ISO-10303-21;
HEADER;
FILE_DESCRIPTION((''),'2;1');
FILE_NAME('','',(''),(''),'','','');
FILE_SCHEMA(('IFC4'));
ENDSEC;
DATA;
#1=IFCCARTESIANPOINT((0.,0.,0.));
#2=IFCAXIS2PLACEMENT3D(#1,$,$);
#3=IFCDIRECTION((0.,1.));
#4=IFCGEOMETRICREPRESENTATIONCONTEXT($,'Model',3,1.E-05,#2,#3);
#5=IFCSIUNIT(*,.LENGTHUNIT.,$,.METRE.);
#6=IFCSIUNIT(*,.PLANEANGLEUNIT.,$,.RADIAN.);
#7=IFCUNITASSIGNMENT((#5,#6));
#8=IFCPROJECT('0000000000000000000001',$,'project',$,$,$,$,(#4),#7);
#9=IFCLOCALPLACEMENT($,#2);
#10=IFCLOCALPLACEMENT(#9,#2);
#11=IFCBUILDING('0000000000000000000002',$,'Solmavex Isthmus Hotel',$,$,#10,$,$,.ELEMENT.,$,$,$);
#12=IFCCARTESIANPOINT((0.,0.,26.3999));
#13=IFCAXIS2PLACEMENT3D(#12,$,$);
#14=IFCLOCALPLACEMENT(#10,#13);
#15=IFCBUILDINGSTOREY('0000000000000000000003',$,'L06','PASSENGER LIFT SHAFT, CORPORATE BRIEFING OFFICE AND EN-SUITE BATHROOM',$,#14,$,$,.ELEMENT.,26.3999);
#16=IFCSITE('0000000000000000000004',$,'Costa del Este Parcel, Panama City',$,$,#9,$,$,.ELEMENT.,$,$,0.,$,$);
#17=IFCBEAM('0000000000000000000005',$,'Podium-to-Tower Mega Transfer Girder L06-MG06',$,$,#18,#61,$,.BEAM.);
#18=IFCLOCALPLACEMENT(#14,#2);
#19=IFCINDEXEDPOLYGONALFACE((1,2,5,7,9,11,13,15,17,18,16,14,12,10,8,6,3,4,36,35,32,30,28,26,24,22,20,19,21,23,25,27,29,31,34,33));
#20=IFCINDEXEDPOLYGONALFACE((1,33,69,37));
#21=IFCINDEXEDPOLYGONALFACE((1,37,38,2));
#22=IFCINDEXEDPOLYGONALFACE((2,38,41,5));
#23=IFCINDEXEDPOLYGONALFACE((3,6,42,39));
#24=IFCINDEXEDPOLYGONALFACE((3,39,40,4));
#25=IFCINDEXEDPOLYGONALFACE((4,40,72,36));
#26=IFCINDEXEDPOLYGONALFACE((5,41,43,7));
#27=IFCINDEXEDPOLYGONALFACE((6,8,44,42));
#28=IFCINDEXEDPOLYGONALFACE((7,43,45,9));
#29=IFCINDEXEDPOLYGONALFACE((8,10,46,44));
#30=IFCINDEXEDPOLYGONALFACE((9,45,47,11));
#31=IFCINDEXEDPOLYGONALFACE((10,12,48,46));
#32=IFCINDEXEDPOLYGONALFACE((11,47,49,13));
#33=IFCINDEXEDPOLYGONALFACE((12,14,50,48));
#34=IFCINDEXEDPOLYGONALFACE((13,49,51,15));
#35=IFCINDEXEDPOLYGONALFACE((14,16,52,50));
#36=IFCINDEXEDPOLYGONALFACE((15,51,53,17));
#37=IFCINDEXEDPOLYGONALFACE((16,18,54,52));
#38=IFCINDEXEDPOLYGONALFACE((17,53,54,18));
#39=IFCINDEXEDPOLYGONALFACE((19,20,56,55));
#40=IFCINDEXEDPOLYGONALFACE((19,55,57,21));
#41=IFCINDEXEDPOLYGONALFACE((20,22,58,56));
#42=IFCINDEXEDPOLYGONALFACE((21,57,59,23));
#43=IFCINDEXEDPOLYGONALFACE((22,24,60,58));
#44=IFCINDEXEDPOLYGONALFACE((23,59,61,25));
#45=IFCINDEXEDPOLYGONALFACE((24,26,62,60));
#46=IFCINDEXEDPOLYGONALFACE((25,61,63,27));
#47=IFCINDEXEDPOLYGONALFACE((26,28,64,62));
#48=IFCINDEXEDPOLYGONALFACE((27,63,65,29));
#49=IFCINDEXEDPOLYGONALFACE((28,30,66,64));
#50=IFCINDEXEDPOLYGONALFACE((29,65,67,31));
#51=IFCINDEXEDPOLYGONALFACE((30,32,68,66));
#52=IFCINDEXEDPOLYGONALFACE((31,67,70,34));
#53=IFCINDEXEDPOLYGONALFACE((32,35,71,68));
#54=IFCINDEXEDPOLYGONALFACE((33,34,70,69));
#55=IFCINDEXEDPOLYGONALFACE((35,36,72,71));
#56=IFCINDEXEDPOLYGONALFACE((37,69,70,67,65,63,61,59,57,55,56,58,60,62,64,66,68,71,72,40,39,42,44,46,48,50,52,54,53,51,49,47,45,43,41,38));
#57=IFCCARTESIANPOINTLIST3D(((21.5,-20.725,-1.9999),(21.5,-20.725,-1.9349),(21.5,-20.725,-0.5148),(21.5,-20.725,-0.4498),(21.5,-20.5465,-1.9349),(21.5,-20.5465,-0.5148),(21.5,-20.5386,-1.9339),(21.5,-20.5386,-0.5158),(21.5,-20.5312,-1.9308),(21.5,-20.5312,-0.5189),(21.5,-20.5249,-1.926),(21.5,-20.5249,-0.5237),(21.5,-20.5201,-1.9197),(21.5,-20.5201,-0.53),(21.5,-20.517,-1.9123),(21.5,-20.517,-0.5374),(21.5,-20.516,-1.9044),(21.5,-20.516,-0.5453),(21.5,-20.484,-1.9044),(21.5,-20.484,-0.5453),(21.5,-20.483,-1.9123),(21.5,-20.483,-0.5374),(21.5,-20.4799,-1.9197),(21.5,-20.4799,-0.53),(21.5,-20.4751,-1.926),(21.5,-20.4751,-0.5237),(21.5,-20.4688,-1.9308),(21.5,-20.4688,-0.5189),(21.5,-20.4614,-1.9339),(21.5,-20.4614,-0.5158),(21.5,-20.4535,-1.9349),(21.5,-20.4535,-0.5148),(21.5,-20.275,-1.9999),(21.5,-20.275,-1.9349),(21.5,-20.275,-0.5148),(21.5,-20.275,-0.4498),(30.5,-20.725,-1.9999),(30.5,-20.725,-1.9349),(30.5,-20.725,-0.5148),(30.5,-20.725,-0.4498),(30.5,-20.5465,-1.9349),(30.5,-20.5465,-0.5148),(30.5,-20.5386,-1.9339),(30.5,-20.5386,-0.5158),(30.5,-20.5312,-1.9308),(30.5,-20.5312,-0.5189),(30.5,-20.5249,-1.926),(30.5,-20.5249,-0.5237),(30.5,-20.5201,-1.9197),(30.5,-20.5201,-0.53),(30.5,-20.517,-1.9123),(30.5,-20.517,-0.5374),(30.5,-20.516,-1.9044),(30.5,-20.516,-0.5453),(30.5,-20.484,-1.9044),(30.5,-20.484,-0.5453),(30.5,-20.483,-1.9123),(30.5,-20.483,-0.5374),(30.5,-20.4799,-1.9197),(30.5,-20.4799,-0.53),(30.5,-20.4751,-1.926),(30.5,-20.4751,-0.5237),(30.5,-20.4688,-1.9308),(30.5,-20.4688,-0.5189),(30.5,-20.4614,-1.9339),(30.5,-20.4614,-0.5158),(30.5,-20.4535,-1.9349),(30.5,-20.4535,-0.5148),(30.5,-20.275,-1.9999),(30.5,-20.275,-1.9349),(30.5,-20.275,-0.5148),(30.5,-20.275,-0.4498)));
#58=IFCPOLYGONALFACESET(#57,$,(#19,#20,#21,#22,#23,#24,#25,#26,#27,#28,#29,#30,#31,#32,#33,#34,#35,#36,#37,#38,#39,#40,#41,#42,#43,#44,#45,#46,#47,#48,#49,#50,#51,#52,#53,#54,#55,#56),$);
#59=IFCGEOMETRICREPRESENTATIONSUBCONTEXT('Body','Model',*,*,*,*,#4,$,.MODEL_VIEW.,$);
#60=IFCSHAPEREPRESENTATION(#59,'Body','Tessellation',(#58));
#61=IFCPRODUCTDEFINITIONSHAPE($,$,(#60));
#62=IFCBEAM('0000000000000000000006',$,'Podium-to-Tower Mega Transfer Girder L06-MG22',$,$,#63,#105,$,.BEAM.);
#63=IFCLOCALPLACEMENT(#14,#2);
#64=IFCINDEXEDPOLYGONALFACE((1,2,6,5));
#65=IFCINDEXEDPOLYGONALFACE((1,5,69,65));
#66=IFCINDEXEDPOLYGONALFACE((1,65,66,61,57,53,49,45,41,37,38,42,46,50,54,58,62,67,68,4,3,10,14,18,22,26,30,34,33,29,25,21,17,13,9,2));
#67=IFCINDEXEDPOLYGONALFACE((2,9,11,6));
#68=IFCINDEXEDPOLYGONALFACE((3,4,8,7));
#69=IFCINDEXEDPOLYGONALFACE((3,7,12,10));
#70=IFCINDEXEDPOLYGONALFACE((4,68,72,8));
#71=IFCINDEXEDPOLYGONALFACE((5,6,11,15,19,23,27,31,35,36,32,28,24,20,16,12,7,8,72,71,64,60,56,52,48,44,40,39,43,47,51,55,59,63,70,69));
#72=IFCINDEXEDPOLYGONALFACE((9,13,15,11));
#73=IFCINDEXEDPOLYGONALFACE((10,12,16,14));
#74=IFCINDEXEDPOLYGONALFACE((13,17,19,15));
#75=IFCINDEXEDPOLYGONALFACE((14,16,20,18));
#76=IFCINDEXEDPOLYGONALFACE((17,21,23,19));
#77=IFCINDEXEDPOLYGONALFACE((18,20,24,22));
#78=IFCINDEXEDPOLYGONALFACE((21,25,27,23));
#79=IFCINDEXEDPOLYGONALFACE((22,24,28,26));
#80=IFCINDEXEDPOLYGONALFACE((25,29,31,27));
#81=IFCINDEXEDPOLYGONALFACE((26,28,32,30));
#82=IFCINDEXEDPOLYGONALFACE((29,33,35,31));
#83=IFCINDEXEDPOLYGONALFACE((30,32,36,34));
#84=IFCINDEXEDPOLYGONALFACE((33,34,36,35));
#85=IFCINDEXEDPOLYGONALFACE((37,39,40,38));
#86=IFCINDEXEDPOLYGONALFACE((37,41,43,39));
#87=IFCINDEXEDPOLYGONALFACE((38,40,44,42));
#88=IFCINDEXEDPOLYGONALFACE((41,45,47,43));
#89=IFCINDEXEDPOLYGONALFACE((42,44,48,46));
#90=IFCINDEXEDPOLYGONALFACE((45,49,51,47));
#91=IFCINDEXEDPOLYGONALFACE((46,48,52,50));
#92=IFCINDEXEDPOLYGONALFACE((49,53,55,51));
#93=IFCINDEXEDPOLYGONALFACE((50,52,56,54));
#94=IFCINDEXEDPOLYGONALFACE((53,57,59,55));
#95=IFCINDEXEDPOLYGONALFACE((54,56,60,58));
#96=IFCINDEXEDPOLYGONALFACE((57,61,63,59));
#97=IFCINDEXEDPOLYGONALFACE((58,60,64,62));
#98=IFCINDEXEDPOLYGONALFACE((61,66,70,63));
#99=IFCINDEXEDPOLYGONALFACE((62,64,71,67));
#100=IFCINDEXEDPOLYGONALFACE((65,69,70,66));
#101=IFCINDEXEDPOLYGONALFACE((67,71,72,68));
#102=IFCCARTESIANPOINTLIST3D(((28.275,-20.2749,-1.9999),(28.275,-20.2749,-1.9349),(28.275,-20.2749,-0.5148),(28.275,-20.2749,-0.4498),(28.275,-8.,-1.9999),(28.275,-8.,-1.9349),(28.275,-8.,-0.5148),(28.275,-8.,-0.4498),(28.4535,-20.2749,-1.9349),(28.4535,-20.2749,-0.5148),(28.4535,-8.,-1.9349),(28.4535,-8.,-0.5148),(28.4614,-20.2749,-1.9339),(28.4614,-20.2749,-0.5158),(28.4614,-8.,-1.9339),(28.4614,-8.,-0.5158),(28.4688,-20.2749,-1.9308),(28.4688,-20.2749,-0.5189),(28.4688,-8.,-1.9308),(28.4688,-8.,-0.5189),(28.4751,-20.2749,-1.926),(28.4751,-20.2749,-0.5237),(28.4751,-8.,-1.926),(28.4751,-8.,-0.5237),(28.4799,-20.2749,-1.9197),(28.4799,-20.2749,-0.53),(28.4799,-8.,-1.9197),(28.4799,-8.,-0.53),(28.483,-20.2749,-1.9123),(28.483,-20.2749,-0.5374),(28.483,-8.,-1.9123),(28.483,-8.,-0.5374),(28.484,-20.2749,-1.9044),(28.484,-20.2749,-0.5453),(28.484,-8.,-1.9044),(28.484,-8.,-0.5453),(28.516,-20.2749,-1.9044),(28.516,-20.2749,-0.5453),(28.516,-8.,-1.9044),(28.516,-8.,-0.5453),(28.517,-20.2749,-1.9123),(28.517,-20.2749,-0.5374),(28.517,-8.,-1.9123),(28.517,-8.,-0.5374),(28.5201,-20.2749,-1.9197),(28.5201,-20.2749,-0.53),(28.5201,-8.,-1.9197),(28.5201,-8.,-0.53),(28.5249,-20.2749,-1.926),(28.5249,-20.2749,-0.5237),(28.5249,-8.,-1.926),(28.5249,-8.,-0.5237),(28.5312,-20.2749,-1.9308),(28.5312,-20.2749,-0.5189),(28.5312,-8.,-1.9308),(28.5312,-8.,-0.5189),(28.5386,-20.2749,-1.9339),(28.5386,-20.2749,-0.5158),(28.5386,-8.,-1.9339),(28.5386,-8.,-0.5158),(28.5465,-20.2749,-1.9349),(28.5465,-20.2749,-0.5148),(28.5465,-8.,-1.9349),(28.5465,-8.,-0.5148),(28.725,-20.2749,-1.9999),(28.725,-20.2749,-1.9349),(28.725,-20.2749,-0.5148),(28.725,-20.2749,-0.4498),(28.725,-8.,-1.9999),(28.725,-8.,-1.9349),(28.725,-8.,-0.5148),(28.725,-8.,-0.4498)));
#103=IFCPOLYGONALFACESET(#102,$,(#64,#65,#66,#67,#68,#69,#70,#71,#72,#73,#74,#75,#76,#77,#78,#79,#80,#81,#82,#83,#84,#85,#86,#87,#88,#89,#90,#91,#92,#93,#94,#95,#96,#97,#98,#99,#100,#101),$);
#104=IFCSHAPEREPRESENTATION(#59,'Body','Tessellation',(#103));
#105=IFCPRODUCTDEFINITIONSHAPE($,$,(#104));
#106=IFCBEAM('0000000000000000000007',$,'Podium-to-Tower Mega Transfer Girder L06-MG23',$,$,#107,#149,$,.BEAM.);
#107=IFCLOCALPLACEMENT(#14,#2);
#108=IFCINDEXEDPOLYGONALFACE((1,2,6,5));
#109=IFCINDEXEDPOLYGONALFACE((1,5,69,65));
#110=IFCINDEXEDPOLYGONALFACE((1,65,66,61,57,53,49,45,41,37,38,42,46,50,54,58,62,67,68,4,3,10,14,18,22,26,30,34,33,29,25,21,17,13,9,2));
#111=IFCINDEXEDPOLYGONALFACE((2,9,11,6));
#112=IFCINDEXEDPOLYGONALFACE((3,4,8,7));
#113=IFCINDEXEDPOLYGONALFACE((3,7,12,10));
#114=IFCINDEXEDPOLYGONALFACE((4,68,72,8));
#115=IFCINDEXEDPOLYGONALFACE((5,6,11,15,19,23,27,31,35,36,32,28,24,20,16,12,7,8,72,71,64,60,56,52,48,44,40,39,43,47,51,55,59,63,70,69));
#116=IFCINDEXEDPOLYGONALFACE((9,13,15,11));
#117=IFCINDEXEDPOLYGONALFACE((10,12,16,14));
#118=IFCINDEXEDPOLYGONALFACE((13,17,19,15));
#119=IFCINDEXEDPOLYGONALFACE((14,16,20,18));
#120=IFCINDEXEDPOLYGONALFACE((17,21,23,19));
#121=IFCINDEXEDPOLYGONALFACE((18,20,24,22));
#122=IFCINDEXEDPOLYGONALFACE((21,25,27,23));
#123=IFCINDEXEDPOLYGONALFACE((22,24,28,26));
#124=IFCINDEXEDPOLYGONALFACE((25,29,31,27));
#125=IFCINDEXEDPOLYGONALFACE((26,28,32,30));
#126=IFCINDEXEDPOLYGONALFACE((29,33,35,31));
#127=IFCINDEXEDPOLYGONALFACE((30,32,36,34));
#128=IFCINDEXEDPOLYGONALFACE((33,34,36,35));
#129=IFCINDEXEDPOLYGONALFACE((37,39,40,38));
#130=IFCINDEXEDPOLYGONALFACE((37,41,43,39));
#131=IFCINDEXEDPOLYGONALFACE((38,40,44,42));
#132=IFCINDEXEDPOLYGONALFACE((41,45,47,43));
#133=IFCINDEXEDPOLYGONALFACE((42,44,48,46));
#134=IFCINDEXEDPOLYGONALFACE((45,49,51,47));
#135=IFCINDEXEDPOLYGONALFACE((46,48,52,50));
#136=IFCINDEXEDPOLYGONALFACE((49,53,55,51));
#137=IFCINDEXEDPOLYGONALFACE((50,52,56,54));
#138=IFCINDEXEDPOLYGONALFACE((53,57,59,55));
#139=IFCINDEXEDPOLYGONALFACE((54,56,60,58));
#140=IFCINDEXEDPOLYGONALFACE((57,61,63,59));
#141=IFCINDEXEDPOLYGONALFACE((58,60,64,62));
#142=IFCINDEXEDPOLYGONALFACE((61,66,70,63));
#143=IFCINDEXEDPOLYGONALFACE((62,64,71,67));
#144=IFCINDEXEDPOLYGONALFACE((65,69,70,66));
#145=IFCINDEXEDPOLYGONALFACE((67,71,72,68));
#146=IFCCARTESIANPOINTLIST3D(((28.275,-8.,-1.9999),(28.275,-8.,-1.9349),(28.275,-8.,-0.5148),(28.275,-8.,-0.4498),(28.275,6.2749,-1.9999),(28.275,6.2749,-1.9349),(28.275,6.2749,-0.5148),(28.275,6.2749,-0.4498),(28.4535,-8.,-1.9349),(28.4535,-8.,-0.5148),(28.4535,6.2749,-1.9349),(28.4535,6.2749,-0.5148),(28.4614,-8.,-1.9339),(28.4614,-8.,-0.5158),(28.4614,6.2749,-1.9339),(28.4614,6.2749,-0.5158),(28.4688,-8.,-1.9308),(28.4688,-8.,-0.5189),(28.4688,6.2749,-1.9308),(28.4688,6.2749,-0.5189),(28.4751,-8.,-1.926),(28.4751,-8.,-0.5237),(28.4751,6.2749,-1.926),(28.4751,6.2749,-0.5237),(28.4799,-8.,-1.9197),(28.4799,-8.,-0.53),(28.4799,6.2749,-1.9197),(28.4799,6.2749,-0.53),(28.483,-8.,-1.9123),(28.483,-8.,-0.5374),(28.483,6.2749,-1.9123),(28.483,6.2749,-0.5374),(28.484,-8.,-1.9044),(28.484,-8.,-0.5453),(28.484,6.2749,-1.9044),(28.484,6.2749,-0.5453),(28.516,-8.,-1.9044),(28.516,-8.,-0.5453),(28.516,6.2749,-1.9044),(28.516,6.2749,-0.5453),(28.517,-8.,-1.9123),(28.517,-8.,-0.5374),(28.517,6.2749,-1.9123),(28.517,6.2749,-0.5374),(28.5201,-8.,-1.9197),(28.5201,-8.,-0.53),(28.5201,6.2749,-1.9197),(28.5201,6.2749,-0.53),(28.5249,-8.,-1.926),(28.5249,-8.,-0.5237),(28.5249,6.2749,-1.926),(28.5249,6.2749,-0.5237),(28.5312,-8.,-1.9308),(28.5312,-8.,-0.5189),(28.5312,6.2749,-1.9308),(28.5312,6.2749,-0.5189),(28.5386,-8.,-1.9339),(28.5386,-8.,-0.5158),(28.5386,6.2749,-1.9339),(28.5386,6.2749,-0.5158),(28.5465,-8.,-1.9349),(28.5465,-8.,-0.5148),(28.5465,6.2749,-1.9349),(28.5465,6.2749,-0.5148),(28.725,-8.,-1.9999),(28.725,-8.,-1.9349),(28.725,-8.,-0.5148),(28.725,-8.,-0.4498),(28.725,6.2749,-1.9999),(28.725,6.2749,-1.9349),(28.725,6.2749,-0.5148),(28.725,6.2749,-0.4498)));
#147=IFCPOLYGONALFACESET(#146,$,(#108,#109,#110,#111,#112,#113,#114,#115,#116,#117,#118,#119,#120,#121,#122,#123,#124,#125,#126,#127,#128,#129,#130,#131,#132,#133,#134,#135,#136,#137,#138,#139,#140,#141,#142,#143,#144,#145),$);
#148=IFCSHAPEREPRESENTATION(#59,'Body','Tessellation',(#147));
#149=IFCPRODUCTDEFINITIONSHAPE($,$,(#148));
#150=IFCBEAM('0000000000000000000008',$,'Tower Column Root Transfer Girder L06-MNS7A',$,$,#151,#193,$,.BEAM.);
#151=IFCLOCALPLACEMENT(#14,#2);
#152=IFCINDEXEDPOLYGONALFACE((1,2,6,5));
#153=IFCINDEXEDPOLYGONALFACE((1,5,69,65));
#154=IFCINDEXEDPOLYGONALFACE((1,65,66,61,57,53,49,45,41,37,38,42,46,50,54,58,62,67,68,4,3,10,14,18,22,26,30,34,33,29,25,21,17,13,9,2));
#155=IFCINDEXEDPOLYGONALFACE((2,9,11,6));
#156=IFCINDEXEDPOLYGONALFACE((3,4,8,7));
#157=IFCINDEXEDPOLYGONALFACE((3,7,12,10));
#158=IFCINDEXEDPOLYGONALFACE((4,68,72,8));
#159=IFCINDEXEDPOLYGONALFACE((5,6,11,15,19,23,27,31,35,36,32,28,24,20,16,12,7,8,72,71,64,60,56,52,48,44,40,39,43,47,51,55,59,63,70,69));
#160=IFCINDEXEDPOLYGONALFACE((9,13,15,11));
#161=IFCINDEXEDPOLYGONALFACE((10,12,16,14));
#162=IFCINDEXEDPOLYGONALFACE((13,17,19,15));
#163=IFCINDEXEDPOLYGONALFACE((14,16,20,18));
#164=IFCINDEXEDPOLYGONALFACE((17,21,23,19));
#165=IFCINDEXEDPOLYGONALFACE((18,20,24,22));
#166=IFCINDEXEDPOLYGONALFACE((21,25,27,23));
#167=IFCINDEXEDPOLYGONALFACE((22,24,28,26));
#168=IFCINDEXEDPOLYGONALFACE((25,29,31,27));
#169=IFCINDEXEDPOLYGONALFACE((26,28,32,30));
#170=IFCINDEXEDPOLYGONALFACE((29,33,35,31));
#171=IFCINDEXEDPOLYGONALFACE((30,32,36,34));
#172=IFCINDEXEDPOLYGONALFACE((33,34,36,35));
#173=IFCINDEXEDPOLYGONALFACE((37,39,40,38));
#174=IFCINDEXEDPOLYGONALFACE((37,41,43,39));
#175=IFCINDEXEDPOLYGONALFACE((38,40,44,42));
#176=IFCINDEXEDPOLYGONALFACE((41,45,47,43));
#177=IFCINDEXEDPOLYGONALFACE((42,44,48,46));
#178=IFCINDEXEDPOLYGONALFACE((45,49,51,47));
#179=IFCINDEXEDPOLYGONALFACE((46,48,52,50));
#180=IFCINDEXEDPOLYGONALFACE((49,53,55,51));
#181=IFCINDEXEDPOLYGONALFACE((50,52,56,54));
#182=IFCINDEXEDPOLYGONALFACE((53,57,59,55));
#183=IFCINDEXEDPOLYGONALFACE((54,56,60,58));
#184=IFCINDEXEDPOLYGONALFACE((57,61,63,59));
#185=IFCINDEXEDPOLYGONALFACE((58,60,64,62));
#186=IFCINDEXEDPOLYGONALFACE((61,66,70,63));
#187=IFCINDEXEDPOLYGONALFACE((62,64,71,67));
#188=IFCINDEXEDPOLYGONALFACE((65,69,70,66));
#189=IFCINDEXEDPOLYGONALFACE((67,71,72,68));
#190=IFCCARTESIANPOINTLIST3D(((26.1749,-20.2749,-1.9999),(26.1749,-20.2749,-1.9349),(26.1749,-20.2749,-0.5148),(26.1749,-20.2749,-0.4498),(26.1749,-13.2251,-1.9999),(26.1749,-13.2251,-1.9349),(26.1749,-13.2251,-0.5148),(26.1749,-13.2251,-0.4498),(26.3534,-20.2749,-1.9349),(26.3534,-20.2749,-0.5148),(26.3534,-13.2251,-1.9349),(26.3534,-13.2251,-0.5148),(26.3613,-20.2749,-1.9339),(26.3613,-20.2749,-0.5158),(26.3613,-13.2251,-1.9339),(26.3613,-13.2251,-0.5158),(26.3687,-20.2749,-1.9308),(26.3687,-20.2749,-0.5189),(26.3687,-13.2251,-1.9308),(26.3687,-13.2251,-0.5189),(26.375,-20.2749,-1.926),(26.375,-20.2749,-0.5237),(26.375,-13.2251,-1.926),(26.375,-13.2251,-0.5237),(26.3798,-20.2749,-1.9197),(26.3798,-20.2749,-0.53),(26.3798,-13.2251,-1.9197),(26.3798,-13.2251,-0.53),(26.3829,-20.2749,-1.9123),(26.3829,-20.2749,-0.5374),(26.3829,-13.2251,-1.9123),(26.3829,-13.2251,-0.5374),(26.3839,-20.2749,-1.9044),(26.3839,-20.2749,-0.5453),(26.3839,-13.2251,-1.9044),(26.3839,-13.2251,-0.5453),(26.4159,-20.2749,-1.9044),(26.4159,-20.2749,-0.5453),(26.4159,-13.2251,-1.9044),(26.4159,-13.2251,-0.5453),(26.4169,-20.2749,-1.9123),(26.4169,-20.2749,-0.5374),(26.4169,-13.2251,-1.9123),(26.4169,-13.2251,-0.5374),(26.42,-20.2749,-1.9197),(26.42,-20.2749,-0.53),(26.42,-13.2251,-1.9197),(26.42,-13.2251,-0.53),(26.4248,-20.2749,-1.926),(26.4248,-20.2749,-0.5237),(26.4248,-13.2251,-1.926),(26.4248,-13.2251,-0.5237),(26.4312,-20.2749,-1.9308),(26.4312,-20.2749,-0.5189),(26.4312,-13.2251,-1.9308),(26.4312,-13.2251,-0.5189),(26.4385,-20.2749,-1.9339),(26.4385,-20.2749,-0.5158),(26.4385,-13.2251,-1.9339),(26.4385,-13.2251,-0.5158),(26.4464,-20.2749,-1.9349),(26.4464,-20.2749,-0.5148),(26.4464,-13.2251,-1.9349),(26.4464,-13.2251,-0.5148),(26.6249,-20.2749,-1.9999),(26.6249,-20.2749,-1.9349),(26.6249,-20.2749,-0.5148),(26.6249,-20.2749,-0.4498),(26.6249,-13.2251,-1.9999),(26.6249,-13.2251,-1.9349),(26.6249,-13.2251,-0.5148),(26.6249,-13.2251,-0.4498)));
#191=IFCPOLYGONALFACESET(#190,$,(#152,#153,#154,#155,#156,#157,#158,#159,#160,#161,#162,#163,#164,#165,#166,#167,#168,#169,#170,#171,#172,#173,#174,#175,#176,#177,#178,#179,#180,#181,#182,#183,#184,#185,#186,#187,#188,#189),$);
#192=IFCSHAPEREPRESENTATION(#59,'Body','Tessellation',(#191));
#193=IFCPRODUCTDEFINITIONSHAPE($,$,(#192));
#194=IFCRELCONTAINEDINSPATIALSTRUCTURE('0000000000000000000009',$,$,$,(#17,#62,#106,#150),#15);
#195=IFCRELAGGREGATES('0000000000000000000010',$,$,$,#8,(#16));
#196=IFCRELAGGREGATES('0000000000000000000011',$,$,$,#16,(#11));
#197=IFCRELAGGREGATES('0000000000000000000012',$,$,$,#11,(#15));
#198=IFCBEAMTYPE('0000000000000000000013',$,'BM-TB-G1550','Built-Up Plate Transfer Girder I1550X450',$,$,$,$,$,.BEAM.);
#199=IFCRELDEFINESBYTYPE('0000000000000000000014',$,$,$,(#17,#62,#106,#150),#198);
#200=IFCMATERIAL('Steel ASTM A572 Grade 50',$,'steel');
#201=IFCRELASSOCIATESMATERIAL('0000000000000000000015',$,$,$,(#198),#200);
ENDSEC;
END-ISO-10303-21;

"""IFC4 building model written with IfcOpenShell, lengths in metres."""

from ifc_helpers import new_model, si_unit, direction, frame, origin, origin_2d, place, context, subcontext, project, spatial, i_section, extrude, material, material_profile, profile_set, type_object, element, save


model = new_model("IFC4")

# Units and contexts
model_context = context("Model", 3, precision=1e-05, world=origin(), true_north=direction((0.0, 1.0)))
body_context = subcontext(model_context, "Body", "Model", "MODEL_VIEW")
ifc_project = project(units=[si_unit("LENGTHUNIT", "METRE"), si_unit("PLANEANGLEUNIT", "RADIAN")], contexts=[model_context])

# Site, building, storey
site_placement = place(None, origin())
site = spatial("IfcSite", under=ifc_project, at=site_placement, Name="Costa del Este Parcel, Panama City", CompositionType="ELEMENT", RefElevation=0.0)
building_placement = place(site_placement, origin())
building = spatial("IfcBuilding", under=site, at=building_placement, Name="Solmavex Isthmus Hotel", CompositionType="ELEMENT")
storey_placement = place(building_placement, frame((0.0, 0.0, 26.3999)))
storey = spatial("IfcBuildingStorey", under=building, at=storey_placement, Name="L06", Description="PASSENGER LIFT SHAFT, CORPORATE BRIEFING OFFICE AND EN-SUITE BATHROOM", CompositionType="ELEMENT", Elevation=26.3999)

# Beams
ifc_material_1 = material(Name="Steel ASTM A572 Grade 50", Category="steel")
ifc_material_profile_1 = material_profile(ifc_material_1, i_section(OverallWidth=0.45, OverallDepth=1.55, WebThickness=0.032, FlangeThickness=0.0649, FilletRadius=0.0305, at=origin_2d()), Name="I1550X450")
ifc_profile_set_1 = profile_set([ifc_material_profile_1], Name="Steel ASTM A572 Grade 50")
beam_type_1 = type_object("IfcBeamType", Name="BM-TB-G1550", Description="Built-Up Plate Transfer Girder I1550X450", PredefinedType="BEAM", material=ifc_profile_set_1)
beam_1_placement = place(storey_placement, frame((21.5, -20.5, -1.2249), z_axis=(1.0, 0.0, 0.0), x_axis=(0.0, 1.0, 0.0)))
element("IfcBeam", 1, at=beam_1_placement, inside=storey, type_object=beam_type_1, Name="Podium-to-Tower Mega Transfer Girder L06-MG06", PredefinedType="BEAM", context=body_context, shape_type="SweptSolid", body=[
    extrude(i_section(OverallWidth=0.45, OverallDepth=1.55, WebThickness=0.032, FlangeThickness=0.0649, FilletRadius=0.0305, at=origin_2d()), origin(), (0.0, 0.0, 1.0), 9.0),
])
beam_2_placement = place(storey_placement, frame((28.5, -20.2749, -1.2249), z_axis=(0.0, 1.0, 0.0), x_axis=(-1.0, 0.0, 0.0)))
element("IfcBeam", 2, at=beam_2_placement, inside=storey, type_object=beam_type_1, Name="Podium-to-Tower Mega Transfer Girder L06-MG22", PredefinedType="BEAM", context=body_context, shape_type="SweptSolid", body=[
    extrude(i_section(OverallWidth=0.45, OverallDepth=1.55, WebThickness=0.032, FlangeThickness=0.0649, FilletRadius=0.0305, at=origin_2d()), origin(), (0.0, 0.0, 1.0), 12.2749),
])
beam_3_placement = place(storey_placement, frame((28.5, -8.0, -1.2249), z_axis=(0.0, 1.0, 0.0), x_axis=(-1.0, 0.0, 0.0)))
element("IfcBeam", 3, at=beam_3_placement, inside=storey, type_object=beam_type_1, Name="Podium-to-Tower Mega Transfer Girder L06-MG23", PredefinedType="BEAM", context=body_context, shape_type="SweptSolid", body=[
    extrude(i_section(OverallWidth=0.45, OverallDepth=1.55, WebThickness=0.032, FlangeThickness=0.0649, FilletRadius=0.0305, at=origin_2d()), origin(), (0.0, 0.0, 1.0), 14.2749),
])
beam_4_placement = place(storey_placement, frame((26.3999, -20.2749, -1.2249), z_axis=(0.0, 1.0, 0.0), x_axis=(-1.0, 0.0, 0.0)))
element("IfcBeam", 4, at=beam_4_placement, inside=storey, type_object=beam_type_1, Name="Tower Column Root Transfer Girder L06-MNS7A", PredefinedType="BEAM", context=body_context, shape_type="SweptSolid", body=[
    extrude(i_section(OverallWidth=0.45, OverallDepth=1.55, WebThickness=0.032, FlangeThickness=0.0649, FilletRadius=0.0305, at=origin_2d()), origin(), (0.0, 0.0, 1.0), 7.0498),
])

save(model, "model.ifc")
